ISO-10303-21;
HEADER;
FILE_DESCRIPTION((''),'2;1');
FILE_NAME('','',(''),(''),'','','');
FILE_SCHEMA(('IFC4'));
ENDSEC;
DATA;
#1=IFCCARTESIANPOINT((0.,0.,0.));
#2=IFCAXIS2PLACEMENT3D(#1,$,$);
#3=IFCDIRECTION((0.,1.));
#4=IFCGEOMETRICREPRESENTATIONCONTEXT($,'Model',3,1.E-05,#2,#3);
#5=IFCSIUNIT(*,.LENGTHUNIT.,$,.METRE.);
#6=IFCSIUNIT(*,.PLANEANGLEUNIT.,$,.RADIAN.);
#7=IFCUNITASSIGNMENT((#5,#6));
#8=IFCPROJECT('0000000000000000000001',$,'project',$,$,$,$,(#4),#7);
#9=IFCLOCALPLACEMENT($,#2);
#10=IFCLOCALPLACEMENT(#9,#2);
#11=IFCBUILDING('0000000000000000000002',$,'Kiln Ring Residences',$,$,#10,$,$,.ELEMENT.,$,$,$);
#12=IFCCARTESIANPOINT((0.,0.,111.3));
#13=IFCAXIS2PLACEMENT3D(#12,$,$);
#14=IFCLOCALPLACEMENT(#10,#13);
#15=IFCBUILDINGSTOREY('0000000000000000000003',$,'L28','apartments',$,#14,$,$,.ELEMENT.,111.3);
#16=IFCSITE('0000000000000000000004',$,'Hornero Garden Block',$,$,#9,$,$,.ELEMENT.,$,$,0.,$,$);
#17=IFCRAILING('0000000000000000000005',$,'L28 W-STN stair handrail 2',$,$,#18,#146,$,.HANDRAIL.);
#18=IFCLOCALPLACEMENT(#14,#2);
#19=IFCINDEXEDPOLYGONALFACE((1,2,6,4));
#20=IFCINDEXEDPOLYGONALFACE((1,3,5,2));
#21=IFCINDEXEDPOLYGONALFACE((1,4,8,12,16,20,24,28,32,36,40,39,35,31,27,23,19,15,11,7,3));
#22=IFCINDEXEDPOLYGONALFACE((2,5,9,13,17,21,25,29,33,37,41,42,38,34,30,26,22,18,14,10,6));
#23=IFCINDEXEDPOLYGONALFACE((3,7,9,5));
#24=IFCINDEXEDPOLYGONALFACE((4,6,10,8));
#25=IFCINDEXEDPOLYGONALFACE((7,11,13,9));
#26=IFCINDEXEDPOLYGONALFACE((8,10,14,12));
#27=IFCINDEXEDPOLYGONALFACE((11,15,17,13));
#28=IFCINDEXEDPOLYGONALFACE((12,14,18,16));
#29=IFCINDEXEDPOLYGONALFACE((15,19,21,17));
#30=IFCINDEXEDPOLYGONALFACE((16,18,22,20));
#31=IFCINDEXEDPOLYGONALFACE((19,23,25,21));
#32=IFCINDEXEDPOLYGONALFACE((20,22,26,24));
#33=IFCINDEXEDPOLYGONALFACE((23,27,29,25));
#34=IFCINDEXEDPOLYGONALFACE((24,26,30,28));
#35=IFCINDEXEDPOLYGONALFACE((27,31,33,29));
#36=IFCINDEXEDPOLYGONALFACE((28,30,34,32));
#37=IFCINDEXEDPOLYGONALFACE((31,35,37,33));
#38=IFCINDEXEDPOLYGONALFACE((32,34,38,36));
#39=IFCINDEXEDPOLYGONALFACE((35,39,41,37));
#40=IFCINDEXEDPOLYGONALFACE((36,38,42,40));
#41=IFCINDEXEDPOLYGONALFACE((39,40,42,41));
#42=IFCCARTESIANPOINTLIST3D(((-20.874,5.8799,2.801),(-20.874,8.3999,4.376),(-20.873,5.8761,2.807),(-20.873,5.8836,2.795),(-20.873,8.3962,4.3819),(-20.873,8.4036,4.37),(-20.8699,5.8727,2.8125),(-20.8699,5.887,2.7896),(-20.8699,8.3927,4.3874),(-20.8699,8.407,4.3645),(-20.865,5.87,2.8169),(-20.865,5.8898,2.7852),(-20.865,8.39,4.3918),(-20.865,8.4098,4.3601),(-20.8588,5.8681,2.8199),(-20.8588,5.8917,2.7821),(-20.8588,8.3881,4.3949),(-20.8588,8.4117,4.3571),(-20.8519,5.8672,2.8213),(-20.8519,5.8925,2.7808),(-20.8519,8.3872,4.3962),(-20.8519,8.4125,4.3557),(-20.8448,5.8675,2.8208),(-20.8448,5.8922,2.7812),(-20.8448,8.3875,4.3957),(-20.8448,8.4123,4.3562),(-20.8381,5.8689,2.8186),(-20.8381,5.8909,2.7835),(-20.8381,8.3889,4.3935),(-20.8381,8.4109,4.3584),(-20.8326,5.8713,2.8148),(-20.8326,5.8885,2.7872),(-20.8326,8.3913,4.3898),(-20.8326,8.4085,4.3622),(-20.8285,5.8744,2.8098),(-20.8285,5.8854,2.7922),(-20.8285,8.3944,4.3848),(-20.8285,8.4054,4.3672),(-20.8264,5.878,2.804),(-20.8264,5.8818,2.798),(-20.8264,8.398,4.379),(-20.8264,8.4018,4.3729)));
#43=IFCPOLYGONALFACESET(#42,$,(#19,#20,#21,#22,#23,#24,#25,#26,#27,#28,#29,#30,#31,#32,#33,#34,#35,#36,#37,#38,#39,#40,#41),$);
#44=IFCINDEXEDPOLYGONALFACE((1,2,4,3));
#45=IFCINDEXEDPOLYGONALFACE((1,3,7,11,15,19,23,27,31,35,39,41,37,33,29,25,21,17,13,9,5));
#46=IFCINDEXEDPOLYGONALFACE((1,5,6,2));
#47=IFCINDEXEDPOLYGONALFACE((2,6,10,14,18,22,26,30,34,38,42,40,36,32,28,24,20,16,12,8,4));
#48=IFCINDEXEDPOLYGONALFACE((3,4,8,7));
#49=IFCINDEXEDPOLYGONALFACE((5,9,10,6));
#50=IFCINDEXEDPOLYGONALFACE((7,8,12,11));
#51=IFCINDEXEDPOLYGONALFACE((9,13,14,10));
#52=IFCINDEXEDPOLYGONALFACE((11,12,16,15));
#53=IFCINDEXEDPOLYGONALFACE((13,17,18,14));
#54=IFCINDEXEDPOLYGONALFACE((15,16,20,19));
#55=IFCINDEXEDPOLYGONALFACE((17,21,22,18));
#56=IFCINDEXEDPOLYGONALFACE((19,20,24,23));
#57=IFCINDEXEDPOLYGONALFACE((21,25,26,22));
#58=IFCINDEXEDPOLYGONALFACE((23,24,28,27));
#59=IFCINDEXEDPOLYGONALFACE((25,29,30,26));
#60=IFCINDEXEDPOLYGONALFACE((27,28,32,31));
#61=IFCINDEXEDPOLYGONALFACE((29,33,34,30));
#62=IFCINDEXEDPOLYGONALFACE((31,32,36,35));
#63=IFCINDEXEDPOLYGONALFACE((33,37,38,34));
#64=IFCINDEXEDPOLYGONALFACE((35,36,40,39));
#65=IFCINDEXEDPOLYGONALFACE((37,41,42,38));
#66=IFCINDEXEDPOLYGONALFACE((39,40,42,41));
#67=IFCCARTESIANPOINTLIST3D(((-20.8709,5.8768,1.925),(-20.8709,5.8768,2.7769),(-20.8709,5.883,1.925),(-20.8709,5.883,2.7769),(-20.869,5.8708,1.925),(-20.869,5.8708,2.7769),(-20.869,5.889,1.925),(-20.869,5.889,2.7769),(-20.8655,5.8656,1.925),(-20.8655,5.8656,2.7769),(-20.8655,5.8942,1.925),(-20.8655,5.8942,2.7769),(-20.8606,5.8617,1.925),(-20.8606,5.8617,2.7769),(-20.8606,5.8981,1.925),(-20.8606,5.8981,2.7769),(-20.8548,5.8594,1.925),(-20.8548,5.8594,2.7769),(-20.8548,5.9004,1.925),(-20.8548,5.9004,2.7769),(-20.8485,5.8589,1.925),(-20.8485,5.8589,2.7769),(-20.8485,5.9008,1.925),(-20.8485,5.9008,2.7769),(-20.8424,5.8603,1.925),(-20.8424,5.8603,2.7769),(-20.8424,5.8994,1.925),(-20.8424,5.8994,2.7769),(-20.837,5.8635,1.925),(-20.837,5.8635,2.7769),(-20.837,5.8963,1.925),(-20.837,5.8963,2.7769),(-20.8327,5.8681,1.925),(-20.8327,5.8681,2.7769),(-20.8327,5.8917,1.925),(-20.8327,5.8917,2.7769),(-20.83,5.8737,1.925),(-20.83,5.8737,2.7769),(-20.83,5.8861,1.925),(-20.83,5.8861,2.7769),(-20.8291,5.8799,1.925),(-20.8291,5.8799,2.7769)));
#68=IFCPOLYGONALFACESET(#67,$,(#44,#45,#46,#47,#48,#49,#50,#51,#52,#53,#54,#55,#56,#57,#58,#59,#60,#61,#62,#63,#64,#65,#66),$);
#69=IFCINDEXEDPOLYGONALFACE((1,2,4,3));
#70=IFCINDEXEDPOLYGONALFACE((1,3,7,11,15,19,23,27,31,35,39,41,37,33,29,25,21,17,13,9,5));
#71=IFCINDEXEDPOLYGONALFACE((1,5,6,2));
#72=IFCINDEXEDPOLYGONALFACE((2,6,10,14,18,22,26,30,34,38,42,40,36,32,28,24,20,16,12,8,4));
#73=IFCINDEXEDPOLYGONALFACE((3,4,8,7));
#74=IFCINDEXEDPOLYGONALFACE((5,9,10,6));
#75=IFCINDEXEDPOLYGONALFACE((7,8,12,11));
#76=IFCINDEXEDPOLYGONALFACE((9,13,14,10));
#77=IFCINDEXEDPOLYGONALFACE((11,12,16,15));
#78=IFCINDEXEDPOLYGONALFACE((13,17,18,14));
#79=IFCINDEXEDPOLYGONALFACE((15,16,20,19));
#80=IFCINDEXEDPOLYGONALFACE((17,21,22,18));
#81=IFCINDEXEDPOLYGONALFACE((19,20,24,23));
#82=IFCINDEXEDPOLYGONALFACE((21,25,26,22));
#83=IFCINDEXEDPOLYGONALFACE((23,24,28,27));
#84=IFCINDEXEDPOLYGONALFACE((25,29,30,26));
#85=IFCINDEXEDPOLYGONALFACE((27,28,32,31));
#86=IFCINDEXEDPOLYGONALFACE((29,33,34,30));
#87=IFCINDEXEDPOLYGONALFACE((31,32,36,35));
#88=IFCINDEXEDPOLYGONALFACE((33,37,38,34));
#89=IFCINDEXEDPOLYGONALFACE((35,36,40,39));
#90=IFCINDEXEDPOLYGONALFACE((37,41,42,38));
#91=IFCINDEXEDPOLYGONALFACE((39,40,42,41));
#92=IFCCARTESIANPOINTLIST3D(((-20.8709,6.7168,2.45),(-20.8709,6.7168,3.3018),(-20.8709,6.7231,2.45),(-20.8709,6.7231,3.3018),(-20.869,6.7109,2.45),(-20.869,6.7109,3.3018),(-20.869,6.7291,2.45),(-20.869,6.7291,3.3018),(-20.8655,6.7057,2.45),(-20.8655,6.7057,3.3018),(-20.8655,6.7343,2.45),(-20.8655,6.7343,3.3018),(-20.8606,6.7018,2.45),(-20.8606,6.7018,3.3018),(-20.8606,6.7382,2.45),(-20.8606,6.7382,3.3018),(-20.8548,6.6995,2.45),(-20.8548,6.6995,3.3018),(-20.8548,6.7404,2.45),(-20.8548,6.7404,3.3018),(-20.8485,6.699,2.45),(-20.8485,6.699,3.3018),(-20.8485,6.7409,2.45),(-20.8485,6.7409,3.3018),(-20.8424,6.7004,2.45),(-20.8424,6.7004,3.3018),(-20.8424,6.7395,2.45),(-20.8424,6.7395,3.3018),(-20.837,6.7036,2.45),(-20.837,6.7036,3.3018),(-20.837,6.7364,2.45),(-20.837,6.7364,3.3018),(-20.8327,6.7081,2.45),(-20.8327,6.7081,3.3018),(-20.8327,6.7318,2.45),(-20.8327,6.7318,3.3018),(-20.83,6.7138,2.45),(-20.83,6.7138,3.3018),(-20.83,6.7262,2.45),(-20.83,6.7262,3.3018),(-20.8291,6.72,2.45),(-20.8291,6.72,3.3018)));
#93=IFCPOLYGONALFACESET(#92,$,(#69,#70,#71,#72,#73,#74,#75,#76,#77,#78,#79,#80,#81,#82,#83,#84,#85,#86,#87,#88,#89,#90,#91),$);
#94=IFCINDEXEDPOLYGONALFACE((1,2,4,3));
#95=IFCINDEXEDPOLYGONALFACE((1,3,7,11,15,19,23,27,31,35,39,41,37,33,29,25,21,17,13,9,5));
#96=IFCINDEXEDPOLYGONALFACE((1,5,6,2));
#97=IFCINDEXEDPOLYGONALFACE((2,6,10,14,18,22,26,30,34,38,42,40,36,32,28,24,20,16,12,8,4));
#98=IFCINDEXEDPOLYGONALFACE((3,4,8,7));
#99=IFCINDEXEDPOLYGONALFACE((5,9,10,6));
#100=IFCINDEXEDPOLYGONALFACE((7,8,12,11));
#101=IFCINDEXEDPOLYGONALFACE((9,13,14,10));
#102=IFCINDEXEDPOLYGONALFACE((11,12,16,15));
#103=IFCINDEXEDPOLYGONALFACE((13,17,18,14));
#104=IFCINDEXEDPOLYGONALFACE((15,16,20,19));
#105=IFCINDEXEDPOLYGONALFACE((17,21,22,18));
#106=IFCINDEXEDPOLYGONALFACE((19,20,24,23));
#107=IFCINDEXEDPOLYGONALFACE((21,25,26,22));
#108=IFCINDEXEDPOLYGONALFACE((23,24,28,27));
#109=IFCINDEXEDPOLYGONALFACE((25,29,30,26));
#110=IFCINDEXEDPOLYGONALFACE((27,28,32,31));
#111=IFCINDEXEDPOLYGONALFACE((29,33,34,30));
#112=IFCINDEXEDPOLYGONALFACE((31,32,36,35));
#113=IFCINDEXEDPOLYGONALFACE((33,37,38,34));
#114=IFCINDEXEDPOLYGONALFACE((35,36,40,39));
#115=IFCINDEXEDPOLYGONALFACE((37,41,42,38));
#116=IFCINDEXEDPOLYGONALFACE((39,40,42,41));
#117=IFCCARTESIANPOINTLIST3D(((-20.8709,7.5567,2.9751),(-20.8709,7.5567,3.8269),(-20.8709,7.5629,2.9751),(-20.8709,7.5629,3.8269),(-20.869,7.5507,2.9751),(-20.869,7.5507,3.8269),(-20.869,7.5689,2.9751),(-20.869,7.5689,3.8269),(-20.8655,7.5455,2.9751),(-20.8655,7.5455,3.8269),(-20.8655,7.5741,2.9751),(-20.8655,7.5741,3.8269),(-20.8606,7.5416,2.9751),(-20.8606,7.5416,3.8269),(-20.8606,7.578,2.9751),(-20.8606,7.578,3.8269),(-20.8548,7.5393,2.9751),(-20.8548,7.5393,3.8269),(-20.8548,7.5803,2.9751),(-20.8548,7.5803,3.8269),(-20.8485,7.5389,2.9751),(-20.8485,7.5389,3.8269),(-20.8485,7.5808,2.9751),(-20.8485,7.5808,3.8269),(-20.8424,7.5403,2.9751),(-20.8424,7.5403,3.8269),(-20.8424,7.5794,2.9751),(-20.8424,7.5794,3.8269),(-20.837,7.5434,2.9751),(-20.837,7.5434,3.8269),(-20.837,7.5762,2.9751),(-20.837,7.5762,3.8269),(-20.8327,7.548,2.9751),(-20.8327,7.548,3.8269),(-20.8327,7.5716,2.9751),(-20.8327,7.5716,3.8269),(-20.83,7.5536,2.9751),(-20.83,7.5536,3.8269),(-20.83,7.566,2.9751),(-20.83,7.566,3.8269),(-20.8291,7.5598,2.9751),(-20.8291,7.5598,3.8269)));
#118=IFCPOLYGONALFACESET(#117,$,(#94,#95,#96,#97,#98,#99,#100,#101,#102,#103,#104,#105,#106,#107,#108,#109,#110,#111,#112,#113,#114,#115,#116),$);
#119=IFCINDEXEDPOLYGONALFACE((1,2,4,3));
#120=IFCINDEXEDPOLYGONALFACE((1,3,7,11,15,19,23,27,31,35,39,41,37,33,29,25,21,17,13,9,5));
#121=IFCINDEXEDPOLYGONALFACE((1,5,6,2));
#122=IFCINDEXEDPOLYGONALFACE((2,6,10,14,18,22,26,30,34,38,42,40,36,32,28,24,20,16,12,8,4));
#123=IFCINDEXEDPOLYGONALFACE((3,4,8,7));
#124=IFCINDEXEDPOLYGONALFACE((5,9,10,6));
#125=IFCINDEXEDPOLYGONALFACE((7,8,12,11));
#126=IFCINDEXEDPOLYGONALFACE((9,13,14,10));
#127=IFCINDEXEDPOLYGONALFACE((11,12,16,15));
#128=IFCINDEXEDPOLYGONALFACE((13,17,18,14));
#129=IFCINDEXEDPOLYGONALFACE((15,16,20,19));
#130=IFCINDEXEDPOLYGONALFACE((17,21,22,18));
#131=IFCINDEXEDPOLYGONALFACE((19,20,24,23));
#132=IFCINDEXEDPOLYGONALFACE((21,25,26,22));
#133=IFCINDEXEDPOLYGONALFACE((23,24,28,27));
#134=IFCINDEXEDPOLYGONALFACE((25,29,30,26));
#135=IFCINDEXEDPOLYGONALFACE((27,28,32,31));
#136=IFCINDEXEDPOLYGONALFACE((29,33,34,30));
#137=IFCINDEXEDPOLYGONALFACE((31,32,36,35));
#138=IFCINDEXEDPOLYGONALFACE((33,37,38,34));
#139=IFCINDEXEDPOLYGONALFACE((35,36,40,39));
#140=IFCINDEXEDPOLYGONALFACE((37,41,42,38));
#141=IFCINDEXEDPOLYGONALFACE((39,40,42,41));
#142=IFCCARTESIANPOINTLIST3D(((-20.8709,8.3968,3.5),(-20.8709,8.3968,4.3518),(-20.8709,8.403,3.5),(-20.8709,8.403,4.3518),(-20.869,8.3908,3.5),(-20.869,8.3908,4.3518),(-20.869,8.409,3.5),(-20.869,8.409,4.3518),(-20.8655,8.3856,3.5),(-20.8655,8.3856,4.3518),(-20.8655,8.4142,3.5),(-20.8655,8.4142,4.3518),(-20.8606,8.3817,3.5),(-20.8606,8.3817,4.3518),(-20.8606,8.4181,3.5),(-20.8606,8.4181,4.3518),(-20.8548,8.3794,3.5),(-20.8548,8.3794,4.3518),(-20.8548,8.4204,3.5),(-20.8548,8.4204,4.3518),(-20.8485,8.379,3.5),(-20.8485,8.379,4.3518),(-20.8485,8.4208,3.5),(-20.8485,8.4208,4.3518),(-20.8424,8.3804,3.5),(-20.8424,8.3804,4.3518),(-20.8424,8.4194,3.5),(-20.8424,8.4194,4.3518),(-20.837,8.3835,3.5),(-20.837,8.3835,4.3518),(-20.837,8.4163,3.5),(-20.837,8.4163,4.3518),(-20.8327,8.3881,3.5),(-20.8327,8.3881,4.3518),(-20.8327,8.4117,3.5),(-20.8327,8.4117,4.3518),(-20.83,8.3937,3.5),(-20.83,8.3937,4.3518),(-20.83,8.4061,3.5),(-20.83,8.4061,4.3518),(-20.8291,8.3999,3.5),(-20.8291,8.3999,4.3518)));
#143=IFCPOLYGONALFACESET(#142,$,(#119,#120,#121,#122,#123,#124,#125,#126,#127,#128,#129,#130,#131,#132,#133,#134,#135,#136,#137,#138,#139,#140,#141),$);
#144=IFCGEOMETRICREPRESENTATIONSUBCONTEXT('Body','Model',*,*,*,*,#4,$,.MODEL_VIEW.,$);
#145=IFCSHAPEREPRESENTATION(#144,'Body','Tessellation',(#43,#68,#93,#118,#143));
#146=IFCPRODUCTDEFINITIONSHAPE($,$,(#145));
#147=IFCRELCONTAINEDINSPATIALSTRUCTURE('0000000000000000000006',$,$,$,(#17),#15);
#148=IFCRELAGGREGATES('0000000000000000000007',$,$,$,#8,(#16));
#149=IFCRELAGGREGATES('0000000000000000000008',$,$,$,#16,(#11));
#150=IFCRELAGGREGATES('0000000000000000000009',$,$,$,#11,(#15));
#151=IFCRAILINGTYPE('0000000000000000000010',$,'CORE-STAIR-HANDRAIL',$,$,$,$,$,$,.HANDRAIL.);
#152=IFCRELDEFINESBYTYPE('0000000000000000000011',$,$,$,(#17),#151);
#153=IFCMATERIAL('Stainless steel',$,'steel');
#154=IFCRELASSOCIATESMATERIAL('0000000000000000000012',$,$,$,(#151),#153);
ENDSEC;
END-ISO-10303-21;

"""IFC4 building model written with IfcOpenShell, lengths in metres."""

from ifc_helpers import new_model, si_unit, direction, frame, origin, origin_2d, place, context, subcontext, project, spatial, circle, extrude, material, type_object, element, save


model = new_model("IFC4")

# Units and contexts
model_context = context("Model", 3, precision=1e-05, world=origin(), true_north=direction((0.0, 1.0)))
body_context = subcontext(model_context, "Body", "Model", "MODEL_VIEW")
ifc_project = project(units=[si_unit("LENGTHUNIT", "METRE"), si_unit("PLANEANGLEUNIT", "RADIAN")], contexts=[model_context])

# Site, building, storey
site_placement = place(None, origin())
site = spatial("IfcSite", under=ifc_project, at=site_placement, Name="Hornero Garden Block", CompositionType="ELEMENT", RefElevation=0.0)
building_placement = place(site_placement, origin())
building = spatial("IfcBuilding", under=site, at=building_placement, Name="Kiln Ring Residences", CompositionType="ELEMENT")
storey_placement = place(building_placement, frame((0.0, 0.0, 111.3)))
storey = spatial("IfcBuildingStorey", under=building, at=storey_placement, Name="L28", Description="apartments", CompositionType="ELEMENT", Elevation=111.3)

# Railing
ifc_material_1 = material(Name="Stainless steel", Category="steel")
railing_type_1 = type_object("IfcRailingType", Name="CORE-STAIR-HANDRAIL", PredefinedType="HANDRAIL", material=ifc_material_1)
railing_1_placement = place(storey_placement, frame((-20.8501, 5.8799, 1.925)))
element("IfcRailing", 1, at=railing_1_placement, inside=storey, type_object=railing_type_1, Name="L28 W-STN stair handrail 2", PredefinedType="HANDRAIL", context=body_context, shape_type="SweptSolid", body=[
    extrude(circle(Radius=0.0239, at=origin_2d()), frame((0.0, 0.0, 0.876), z_axis=(0.0, 0.848008, 0.529984), x_axis=(-1.0, 0.0, 0.0)), (0.0, 0.0, 1.0), 2.9717),
    extrude(circle(Radius=0.021, at=origin_2d()), origin(), (0.0, 0.0, 1.0), 0.8518),
    extrude(circle(Radius=0.021, at=origin_2d()), frame((0.0, 0.8401, 0.5249)), (0.0, 0.0, 1.0), 0.8518),
    extrude(circle(Radius=0.021, at=origin_2d()), frame((0.0, 1.6799, 1.05)), (0.0, 0.0, 1.0), 0.8518),
    extrude(circle(Radius=0.021, at=origin_2d()), frame((0.0, 2.52, 1.575)), (0.0, 0.0, 1.0), 0.8518),
])

save(model, "model.ifc")
